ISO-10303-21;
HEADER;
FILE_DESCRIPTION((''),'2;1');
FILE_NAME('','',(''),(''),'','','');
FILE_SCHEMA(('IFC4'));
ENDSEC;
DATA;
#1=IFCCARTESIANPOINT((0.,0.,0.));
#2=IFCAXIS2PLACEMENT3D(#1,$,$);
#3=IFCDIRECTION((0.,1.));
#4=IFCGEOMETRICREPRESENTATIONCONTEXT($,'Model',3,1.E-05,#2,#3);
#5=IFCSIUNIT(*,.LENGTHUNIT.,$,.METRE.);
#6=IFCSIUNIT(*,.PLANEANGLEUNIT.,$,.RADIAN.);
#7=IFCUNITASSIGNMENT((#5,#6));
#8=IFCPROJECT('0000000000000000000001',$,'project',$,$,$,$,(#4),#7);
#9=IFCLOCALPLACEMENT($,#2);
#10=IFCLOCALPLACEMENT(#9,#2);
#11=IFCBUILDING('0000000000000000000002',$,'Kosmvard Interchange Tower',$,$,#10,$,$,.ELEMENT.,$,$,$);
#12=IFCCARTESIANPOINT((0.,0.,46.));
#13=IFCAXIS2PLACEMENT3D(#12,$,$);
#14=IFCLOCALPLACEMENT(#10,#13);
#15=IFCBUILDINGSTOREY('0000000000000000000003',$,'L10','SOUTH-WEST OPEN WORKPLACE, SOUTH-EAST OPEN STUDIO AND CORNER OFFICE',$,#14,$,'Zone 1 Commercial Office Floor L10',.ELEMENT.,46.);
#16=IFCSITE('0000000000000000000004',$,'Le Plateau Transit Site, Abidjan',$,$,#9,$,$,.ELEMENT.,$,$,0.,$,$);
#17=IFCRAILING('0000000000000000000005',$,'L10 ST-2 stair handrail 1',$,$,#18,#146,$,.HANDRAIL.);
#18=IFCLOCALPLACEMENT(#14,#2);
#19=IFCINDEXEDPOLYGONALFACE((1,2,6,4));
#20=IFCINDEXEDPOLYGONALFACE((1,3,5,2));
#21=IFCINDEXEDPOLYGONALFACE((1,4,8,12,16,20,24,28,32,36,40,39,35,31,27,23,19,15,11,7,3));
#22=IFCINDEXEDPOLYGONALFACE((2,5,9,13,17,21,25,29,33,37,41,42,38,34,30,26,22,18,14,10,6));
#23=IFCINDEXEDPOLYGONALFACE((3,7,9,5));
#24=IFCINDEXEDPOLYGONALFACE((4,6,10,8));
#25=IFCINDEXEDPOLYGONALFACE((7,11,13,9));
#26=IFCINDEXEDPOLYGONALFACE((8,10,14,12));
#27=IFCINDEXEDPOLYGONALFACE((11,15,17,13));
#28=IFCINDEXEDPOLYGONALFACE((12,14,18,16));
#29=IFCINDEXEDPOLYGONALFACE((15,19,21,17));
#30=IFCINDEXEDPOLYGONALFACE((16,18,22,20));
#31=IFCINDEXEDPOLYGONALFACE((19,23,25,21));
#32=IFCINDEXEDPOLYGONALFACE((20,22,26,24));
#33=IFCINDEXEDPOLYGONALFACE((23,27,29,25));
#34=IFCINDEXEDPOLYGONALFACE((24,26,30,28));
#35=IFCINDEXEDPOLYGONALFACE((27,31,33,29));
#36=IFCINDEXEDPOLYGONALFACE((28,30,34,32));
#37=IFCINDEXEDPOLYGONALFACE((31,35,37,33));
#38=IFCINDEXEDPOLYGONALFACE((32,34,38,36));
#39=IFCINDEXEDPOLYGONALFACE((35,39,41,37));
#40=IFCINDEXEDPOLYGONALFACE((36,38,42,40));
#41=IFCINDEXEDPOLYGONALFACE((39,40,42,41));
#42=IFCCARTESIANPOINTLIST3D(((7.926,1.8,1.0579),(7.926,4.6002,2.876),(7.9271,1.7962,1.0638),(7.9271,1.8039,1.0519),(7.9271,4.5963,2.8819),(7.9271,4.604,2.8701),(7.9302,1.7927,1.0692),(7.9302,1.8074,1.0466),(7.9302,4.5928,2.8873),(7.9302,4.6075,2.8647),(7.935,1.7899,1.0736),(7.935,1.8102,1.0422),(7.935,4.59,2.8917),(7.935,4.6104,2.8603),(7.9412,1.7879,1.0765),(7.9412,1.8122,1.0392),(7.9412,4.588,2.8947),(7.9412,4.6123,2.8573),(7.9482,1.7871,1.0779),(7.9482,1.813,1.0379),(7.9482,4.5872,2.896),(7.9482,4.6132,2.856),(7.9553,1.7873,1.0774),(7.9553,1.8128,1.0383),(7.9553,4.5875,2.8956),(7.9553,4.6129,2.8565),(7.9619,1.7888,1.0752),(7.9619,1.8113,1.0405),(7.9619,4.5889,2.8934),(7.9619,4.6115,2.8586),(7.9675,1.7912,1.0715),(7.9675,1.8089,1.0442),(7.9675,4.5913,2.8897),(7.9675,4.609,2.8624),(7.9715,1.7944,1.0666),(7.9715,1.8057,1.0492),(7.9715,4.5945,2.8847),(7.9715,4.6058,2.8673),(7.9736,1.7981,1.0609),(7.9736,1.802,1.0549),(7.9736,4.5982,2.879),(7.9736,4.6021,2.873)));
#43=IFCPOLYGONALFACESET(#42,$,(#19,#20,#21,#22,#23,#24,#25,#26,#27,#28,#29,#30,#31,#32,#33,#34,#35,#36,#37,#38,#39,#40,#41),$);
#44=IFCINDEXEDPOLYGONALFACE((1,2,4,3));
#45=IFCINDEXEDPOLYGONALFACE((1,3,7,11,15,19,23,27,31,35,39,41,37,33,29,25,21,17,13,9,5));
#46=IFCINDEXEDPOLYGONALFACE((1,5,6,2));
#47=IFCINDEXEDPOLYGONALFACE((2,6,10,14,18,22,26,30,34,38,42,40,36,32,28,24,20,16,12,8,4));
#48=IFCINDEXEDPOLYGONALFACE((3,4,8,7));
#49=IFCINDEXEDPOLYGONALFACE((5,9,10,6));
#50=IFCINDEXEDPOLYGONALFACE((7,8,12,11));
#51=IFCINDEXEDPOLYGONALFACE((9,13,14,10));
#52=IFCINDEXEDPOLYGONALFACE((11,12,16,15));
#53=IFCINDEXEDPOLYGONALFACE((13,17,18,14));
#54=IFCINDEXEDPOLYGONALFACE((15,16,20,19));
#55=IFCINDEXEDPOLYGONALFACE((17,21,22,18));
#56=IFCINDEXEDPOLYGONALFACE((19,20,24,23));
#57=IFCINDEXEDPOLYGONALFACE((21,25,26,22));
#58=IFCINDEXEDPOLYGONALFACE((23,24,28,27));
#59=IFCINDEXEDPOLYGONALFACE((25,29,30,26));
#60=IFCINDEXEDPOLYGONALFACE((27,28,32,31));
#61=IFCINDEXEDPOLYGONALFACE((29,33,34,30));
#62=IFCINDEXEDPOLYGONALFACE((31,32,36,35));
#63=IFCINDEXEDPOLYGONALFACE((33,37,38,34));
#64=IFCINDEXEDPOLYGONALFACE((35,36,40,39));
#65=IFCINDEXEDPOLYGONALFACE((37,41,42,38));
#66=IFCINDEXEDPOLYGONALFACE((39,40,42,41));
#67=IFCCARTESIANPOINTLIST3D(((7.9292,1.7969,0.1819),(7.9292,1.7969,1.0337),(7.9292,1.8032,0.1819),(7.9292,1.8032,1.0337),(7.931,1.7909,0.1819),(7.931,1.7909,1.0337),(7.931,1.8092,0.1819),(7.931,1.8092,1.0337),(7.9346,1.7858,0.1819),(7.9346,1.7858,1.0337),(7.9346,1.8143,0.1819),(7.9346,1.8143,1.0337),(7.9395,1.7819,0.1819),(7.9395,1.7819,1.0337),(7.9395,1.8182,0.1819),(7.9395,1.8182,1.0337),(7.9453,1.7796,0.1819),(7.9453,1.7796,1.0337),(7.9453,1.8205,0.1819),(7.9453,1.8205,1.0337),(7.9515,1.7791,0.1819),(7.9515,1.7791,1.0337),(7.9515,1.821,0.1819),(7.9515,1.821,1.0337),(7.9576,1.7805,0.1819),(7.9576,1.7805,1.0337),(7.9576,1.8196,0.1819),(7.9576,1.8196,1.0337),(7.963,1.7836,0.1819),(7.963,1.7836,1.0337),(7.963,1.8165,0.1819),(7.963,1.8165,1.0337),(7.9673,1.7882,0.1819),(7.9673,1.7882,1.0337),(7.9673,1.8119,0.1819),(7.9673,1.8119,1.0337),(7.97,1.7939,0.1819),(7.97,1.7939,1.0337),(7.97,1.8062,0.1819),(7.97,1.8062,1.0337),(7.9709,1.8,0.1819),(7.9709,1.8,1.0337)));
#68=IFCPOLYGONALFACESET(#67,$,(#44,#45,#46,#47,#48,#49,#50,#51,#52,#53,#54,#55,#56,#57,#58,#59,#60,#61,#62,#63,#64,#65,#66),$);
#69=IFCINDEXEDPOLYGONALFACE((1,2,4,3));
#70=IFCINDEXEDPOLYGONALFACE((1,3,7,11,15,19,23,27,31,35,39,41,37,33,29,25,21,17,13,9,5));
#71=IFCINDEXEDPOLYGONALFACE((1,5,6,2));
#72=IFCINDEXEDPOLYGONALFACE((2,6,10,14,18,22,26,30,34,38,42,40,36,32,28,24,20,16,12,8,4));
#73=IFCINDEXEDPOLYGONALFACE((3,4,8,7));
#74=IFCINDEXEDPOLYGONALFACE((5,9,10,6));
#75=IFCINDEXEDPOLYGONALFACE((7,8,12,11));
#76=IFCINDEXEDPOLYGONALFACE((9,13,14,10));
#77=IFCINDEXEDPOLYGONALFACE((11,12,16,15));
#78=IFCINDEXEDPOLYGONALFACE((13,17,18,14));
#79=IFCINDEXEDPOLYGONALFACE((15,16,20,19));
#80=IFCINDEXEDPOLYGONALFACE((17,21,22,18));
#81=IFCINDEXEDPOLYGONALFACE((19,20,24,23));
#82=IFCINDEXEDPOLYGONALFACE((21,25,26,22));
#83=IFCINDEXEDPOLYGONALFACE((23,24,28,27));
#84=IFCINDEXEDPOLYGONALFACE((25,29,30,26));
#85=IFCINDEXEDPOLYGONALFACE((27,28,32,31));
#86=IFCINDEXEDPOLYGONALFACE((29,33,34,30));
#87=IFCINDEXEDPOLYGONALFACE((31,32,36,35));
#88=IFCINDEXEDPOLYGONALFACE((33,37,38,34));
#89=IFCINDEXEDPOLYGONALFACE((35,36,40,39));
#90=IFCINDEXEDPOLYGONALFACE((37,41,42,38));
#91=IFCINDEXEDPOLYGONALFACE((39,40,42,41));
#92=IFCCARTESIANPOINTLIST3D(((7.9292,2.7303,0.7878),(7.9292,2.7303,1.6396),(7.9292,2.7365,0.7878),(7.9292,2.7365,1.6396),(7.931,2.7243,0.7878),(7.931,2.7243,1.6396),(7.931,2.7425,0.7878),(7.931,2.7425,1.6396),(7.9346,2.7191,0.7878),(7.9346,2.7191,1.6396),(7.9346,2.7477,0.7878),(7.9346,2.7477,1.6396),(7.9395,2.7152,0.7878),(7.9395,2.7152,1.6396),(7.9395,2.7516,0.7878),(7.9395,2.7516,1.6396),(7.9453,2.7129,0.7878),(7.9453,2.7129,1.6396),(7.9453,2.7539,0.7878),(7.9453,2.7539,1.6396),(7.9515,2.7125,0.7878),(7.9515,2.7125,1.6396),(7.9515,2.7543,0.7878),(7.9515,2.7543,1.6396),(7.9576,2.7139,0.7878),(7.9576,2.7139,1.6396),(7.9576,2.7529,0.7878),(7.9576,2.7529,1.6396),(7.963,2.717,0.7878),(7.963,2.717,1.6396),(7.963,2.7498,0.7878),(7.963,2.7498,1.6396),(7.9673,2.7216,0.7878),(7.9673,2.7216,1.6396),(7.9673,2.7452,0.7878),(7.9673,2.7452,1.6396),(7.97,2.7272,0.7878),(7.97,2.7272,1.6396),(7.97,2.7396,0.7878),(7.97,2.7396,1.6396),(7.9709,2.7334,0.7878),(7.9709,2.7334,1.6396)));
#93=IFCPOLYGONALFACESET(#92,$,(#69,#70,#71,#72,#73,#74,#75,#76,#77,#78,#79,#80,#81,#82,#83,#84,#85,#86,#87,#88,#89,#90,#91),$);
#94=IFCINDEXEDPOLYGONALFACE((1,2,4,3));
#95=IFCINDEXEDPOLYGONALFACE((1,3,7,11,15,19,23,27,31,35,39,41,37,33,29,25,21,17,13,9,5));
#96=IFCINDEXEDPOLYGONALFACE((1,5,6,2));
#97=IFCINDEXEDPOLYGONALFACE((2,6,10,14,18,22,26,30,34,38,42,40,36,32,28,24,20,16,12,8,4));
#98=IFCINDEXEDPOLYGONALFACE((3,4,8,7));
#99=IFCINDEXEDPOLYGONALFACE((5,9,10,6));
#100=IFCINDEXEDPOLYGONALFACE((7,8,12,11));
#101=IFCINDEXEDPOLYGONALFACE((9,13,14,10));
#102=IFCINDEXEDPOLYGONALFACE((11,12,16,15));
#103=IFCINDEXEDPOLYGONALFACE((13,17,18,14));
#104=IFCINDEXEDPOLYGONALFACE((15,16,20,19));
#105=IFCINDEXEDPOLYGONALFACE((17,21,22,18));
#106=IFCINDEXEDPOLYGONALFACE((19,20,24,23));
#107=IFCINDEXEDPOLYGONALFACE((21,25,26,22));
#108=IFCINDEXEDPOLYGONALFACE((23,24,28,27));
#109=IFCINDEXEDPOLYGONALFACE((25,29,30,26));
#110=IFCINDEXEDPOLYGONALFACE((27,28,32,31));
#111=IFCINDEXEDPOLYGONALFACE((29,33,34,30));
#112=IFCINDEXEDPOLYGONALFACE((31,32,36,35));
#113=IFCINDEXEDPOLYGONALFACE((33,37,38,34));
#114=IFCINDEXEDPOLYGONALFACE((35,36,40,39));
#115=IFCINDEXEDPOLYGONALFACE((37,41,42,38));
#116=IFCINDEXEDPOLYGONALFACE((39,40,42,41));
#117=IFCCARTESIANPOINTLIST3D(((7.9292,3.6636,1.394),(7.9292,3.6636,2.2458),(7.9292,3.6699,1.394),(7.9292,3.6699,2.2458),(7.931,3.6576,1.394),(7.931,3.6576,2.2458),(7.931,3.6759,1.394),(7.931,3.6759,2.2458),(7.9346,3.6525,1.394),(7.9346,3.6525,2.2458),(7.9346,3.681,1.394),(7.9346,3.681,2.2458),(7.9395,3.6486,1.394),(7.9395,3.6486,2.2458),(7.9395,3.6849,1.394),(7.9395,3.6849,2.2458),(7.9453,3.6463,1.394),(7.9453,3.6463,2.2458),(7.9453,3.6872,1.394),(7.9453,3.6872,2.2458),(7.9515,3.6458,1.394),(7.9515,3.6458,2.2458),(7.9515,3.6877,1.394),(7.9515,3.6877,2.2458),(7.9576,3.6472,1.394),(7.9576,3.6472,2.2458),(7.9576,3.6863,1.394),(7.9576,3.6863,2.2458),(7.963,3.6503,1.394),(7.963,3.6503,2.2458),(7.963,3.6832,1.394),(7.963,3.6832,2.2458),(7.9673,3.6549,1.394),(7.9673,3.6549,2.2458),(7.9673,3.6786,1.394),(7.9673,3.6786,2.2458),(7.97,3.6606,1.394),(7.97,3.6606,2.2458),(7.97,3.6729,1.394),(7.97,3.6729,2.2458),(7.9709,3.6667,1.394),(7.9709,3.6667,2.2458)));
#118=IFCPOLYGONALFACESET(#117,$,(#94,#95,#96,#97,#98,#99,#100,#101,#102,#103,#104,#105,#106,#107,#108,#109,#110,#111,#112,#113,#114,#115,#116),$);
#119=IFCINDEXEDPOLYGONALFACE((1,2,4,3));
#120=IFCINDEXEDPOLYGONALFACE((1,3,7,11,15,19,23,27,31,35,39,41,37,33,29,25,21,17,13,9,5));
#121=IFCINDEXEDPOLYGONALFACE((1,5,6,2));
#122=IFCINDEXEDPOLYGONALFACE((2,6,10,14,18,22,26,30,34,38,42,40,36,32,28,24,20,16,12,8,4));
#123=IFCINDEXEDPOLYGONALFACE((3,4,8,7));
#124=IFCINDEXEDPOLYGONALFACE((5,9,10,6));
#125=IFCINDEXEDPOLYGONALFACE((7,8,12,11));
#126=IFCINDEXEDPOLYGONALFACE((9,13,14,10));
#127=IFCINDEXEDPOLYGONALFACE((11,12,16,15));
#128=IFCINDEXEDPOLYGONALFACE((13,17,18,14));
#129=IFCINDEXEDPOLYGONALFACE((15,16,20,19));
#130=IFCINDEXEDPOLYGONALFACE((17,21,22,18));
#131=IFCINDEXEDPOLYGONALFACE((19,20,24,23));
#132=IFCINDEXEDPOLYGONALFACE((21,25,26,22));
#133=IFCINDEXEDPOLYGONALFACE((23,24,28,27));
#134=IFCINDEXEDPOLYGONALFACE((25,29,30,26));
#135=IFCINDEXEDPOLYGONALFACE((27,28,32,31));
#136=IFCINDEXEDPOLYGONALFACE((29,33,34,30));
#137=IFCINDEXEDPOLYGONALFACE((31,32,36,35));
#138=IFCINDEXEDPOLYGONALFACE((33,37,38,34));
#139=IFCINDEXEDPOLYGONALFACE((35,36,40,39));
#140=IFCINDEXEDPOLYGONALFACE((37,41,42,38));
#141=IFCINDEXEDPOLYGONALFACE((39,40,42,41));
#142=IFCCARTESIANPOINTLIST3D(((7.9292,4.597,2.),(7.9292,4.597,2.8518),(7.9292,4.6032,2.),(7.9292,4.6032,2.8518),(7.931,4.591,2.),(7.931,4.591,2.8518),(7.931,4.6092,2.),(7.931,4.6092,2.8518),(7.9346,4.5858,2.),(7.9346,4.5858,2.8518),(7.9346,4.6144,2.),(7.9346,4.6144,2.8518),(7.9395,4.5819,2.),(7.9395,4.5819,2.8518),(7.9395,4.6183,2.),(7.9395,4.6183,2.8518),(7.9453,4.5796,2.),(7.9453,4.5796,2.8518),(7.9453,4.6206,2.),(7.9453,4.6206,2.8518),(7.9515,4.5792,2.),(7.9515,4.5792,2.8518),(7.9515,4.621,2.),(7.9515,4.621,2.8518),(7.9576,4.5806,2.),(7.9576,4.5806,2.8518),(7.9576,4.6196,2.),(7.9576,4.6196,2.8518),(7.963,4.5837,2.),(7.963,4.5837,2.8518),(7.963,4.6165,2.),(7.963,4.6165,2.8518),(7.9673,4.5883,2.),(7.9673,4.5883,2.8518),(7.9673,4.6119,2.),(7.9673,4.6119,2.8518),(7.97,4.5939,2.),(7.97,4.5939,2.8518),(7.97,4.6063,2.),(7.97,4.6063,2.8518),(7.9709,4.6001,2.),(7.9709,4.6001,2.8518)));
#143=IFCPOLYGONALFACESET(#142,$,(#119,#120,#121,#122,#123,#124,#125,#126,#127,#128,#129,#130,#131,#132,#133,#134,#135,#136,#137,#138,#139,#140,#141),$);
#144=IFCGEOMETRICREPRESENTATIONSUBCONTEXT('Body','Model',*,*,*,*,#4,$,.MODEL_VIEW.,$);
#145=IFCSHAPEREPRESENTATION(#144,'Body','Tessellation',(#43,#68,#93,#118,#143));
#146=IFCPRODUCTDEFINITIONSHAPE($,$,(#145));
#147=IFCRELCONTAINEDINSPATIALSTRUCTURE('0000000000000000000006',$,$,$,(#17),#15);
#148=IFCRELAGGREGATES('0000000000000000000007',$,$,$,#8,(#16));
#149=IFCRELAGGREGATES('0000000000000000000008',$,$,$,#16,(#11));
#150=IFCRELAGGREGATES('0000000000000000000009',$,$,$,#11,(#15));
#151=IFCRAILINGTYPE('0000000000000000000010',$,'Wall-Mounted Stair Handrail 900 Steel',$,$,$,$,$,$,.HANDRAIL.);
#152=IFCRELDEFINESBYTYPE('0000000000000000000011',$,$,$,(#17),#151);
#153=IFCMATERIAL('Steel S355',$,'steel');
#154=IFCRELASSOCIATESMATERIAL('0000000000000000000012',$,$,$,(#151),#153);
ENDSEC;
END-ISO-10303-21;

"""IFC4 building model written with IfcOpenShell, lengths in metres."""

from ifc_helpers import new_model, si_unit, direction, frame, origin, origin_2d, place, context, subcontext, project, spatial, circle, extrude, source, transform, mapped, material, type_object, element, save


model = new_model("IFC4")

# Units and contexts
model_context = context("Model", 3, precision=1e-05, world=origin(), true_north=direction((0.0, 1.0)))
body_context = subcontext(model_context, "Body", "Model", "MODEL_VIEW")
ifc_project = project(units=[si_unit("LENGTHUNIT", "METRE"), si_unit("PLANEANGLEUNIT", "RADIAN")], contexts=[model_context])

# Site, building, storey
site_placement = place(None, origin())
site = spatial("IfcSite", under=ifc_project, at=site_placement, Name="Le Plateau Transit Site, Abidjan", CompositionType="ELEMENT", RefElevation=0.0)
building_placement = place(site_placement, origin())
building = spatial("IfcBuilding", under=site, at=building_placement, Name="Kosmvard Interchange Tower", CompositionType="ELEMENT")
storey_placement = place(building_placement, frame((0.0, 0.0, 46.0)))
storey = spatial("IfcBuildingStorey", under=building, at=storey_placement, Name="L10", Description="SOUTH-WEST OPEN WORKPLACE, SOUTH-EAST OPEN STUDIO AND CORNER OFFICE", LongName="Zone 1 Commercial Office Floor L10", CompositionType="ELEMENT", Elevation=46.0)

# Shared definitions
ifc_material_1 = material(Name="Steel S355", Category="steel")

# Railing
railing_type_1 = type_object("IfcRailingType", Name="Wall-Mounted Stair Handrail 900 Steel", PredefinedType="HANDRAIL", material=ifc_material_1)
shared_shape_1 = source(origin(), body_context, "Body", "SweptSolid", [
    extrude(circle(Radius=0.0239, at=origin_2d()), frame((0.0, 0.0, 0.876), z_axis=(0.0, 0.838706, 0.544585), x_axis=(-1.0, 0.0, 0.0)), (0.0, 0.0, 1.0), 3.3386),
    extrude(circle(Radius=0.021, at=origin_2d()), origin(), (0.0, 0.0, 1.0), 0.8518),
    extrude(circle(Radius=0.021, at=origin_2d()), frame((0.0, 0.9333, 0.606)), (0.0, 0.0, 1.0), 0.8518),
    extrude(circle(Radius=0.021, at=origin_2d()), frame((0.0, 1.8667, 1.2122)), (0.0, 0.0, 1.0), 0.8518),
    extrude(circle(Radius=0.021, at=origin_2d()), frame((0.0, 2.8, 1.8181)), (0.0, 0.0, 1.0), 0.8518),
])
railing_1_placement = place(storey_placement, frame((7.95, 1.8, 0.1819)))
element("IfcRailing", 1, at=railing_1_placement, inside=storey, type_object=railing_type_1, Name="L10 ST-2 stair handrail 1", PredefinedType="HANDRAIL", context=body_context, shape_type="MappedRepresentation", body=[
    mapped(shared_shape_1, transform((0.0, 0.0, 0.0), scale=1.0)),
])

save(model, "model.ifc")
